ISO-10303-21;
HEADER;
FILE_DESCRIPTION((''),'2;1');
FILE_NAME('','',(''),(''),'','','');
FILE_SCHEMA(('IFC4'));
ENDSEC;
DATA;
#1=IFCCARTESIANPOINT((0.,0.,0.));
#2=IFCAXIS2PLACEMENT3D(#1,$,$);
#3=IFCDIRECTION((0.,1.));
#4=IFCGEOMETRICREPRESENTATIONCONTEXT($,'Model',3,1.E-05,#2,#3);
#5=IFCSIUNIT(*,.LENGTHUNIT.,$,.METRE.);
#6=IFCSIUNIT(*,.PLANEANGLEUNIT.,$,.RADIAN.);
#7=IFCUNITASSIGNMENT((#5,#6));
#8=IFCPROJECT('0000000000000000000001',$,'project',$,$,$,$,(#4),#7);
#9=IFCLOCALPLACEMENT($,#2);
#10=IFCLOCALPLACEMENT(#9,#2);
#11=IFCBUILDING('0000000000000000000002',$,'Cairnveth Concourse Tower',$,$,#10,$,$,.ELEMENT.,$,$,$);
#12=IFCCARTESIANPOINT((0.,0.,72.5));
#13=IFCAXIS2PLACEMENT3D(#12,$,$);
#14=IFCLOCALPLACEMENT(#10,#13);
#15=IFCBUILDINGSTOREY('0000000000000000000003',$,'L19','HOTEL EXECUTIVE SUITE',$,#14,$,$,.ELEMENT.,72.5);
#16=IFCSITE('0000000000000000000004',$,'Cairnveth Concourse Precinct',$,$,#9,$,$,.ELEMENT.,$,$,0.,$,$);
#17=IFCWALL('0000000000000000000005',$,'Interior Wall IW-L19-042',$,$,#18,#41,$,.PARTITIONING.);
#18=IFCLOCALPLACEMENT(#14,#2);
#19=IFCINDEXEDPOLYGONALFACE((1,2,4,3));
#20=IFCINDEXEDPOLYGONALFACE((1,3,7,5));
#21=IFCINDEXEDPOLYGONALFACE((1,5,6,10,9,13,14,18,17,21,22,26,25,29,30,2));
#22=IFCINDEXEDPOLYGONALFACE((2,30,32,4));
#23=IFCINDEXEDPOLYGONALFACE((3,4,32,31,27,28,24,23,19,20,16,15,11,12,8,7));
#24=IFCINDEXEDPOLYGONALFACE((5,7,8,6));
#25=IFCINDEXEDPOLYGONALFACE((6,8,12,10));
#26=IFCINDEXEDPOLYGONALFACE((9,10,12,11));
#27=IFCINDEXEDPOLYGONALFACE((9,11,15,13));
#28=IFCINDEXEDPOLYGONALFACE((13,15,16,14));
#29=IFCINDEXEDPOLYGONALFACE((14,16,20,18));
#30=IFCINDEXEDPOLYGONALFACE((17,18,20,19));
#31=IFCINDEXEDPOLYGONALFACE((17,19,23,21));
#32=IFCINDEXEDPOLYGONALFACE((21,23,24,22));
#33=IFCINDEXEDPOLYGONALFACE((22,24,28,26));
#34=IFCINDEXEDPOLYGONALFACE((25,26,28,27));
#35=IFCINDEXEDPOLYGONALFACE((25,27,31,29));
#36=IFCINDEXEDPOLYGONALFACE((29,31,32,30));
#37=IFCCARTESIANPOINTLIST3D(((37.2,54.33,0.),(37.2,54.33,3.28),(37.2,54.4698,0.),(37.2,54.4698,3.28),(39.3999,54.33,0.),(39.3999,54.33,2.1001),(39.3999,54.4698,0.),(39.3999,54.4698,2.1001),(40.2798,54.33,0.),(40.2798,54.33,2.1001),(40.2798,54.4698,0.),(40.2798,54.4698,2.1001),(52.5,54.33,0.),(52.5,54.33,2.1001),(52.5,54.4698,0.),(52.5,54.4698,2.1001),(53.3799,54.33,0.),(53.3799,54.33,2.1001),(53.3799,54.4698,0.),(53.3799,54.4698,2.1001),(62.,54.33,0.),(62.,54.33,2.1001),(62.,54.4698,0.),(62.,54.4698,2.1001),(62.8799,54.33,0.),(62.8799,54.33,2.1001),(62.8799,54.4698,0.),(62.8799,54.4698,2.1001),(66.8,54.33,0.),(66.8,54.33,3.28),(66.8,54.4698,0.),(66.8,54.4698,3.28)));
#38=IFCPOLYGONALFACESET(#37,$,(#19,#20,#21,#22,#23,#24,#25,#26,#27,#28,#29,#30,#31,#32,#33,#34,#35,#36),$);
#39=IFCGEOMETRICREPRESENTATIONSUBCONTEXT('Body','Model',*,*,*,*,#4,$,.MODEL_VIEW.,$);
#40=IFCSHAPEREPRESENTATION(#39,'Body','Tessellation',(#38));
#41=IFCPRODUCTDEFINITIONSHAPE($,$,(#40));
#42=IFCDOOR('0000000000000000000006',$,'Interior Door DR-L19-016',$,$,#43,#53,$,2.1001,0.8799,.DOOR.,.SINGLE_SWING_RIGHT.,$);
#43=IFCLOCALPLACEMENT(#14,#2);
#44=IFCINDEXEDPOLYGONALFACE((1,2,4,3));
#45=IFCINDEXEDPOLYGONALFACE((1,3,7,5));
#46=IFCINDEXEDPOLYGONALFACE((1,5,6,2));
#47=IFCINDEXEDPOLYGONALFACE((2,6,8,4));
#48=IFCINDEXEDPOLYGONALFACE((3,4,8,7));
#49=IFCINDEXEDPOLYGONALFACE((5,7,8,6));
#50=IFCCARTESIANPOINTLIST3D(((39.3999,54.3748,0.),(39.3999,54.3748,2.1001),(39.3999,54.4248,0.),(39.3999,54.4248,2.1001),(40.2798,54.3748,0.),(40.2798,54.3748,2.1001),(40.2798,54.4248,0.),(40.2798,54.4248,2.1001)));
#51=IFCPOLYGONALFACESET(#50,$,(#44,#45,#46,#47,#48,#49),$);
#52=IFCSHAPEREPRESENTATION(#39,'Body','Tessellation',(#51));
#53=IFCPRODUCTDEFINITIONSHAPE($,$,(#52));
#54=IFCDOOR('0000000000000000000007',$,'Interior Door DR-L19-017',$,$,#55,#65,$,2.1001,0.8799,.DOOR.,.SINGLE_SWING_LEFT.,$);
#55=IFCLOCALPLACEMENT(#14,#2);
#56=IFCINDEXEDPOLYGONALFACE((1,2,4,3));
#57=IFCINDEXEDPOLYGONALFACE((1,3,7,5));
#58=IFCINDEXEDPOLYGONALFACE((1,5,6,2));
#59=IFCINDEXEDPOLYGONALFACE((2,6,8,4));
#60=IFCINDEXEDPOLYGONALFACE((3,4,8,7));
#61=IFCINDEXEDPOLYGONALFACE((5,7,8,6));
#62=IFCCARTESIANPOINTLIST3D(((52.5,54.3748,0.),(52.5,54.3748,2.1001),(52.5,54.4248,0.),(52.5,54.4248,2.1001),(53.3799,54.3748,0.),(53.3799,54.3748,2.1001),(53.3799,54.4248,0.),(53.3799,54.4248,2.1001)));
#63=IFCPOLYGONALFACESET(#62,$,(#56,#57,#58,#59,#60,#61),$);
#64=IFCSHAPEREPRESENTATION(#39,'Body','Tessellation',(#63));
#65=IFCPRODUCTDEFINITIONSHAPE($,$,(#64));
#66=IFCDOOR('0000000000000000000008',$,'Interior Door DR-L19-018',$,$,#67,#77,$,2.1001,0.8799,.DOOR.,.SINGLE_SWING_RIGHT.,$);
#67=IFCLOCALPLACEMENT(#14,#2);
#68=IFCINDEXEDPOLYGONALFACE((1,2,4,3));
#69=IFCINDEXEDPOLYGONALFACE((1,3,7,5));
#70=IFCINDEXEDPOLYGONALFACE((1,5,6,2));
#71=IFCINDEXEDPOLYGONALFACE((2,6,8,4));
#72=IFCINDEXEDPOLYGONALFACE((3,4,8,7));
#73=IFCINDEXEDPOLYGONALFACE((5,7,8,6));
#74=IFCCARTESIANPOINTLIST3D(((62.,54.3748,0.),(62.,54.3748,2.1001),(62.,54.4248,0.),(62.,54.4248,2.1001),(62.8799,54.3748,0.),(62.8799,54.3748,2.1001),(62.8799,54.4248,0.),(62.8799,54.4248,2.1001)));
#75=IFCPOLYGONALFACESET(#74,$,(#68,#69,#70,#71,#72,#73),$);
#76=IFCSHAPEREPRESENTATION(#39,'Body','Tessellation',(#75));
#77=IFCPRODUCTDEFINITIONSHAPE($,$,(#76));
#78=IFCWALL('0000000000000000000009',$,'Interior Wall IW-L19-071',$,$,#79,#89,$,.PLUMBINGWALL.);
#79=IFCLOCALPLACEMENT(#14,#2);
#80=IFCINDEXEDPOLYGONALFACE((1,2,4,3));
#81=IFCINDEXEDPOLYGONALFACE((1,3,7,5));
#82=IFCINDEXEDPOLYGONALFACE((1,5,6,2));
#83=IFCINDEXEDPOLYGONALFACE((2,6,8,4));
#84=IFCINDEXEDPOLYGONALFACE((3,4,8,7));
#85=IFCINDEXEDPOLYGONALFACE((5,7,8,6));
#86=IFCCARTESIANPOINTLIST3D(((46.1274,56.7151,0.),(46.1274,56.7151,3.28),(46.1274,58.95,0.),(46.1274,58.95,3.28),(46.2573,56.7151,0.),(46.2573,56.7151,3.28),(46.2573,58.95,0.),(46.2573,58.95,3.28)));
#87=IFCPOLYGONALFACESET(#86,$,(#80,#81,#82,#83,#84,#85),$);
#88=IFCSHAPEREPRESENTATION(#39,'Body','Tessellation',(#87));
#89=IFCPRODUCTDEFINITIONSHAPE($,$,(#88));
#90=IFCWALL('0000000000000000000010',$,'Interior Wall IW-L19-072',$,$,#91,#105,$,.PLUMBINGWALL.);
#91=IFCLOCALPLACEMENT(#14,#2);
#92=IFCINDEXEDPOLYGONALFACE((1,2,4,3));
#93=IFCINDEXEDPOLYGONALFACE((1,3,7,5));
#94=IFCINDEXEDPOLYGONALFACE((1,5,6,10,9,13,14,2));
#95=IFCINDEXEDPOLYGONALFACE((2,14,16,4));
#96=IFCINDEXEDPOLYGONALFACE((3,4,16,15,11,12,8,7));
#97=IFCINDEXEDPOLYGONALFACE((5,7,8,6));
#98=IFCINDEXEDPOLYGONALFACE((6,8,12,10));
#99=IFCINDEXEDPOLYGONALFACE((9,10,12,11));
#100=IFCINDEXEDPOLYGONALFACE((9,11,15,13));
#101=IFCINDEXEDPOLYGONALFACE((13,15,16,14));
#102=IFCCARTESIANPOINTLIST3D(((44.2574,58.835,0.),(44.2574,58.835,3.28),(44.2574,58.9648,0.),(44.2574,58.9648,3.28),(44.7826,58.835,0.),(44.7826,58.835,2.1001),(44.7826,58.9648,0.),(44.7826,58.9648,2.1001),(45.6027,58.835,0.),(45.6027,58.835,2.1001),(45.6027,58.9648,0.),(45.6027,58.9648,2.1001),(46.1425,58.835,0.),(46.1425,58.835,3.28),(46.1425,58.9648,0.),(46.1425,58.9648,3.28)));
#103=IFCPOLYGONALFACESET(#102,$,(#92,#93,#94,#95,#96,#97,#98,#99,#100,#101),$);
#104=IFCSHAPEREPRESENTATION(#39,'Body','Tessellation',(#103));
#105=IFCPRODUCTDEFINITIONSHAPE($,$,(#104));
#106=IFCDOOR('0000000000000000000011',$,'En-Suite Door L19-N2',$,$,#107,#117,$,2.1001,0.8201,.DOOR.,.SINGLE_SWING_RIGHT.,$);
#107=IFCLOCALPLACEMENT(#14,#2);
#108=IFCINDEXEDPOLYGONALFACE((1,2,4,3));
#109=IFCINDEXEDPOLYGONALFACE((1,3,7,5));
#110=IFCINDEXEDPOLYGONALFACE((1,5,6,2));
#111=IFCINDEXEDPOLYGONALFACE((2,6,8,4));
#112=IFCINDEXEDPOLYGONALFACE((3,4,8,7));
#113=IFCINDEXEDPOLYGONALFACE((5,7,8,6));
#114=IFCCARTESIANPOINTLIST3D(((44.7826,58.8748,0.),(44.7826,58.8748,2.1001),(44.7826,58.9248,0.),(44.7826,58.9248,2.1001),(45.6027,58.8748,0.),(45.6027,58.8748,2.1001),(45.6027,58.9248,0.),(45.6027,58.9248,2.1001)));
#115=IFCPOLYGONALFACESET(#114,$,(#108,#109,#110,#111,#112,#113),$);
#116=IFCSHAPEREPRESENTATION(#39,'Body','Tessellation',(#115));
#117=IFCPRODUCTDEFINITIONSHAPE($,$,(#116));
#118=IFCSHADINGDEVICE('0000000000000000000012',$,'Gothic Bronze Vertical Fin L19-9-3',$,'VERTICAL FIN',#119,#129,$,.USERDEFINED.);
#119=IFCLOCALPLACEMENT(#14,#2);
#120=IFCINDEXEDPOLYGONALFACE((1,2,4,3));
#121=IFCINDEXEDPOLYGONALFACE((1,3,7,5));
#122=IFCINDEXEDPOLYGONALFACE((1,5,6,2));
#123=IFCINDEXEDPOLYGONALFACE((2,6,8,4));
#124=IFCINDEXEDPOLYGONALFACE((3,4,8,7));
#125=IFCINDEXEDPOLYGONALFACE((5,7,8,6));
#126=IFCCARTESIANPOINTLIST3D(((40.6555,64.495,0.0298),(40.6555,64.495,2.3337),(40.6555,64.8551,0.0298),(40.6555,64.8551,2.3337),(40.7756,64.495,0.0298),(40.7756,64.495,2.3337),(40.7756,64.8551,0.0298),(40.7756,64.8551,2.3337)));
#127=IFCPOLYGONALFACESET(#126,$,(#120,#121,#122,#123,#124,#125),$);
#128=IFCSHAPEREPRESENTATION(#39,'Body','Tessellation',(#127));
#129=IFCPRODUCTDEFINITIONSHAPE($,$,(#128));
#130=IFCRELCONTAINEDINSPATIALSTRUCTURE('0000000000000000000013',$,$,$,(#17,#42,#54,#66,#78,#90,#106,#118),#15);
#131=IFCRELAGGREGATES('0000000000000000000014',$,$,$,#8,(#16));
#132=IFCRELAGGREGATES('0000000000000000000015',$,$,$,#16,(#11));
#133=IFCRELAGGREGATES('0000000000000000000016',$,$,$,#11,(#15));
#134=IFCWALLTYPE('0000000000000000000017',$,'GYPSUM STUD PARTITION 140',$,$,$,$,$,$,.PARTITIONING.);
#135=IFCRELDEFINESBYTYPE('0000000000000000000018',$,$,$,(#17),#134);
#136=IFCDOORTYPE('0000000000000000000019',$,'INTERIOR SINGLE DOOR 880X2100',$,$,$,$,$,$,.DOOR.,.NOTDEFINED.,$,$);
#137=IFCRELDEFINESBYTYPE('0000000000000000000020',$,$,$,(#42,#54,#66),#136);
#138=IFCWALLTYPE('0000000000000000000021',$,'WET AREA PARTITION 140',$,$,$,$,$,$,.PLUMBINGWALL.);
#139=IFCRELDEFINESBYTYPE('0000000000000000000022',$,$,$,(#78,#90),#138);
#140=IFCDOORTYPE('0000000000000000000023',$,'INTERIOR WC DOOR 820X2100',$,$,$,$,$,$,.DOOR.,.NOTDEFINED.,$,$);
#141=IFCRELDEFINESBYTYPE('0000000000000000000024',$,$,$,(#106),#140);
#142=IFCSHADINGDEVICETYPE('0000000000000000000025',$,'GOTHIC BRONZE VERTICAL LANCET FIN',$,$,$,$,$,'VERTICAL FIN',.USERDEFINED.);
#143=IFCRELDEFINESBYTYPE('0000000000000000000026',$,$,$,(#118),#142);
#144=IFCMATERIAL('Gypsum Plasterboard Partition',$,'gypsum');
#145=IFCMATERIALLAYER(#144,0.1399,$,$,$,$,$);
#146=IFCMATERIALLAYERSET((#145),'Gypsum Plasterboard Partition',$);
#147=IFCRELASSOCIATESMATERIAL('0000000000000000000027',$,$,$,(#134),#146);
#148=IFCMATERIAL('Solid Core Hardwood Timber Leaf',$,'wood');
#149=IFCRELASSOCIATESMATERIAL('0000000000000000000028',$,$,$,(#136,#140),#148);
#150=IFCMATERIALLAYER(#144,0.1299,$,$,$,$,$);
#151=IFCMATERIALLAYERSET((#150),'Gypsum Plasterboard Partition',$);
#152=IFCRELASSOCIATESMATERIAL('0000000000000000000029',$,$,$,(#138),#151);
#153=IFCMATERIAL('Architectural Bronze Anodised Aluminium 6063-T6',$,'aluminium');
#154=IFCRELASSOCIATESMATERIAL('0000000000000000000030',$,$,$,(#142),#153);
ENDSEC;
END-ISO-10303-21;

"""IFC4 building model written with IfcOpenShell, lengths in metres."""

from ifc_helpers import new_model, si_unit, direction, frame, frame_2d, origin, origin_2d, place, context, subcontext, project, spatial, rectangle, extrude, material, layer, layer_set, type_object, element, fill, save


model = new_model("IFC4")

# Units and contexts
model_context = context("Model", 3, precision=1e-05, world=origin(), true_north=direction((0.0, 1.0)))
body_context = subcontext(model_context, "Body", "Model", "MODEL_VIEW")
ifc_project = project(units=[si_unit("LENGTHUNIT", "METRE"), si_unit("PLANEANGLEUNIT", "RADIAN")], contexts=[model_context])

# Site, building, storey
site_placement = place(None, origin())
site = spatial("IfcSite", under=ifc_project, at=site_placement, Name="Cairnveth Concourse Precinct", CompositionType="ELEMENT", RefElevation=0.0)
building_placement = place(site_placement, origin())
building = spatial("IfcBuilding", under=site, at=building_placement, Name="Cairnveth Concourse Tower", CompositionType="ELEMENT")
storey_placement = place(building_placement, frame((0.0, 0.0, 72.5)))
storey = spatial("IfcBuildingStorey", under=building, at=storey_placement, Name="L19", Description="HOTEL EXECUTIVE SUITE", CompositionType="ELEMENT", Elevation=72.5)

# Shared definitions
ifc_material_1 = material(Name="Gypsum Plasterboard Partition", Category="gypsum")
ifc_material_2 = material(Name="Solid Core Hardwood Timber Leaf", Category="wood")

# Wall, openings, doors
ifc_layer_1 = layer(ifc_material_1, 0.1399)
ifc_layer_set_1 = layer_set([ifc_layer_1], Name="Gypsum Plasterboard Partition")
wall_type_1 = type_object("IfcWallType", Name="GYPSUM STUD PARTITION 140", PredefinedType="PARTITIONING", material=ifc_layer_set_1)
wall_1_placement = place(storey_placement, frame((37.2, 54.3999, 0.0), z_axis=(0.0, 0.0, 1.0), x_axis=(1.0, 0.0, 0.0)))
wall_1 = element("IfcWall", 1, at=wall_1_placement, inside=storey, type_object=wall_type_1, Name="Interior Wall IW-L19-042", PredefinedType="PARTITIONING", context=body_context, shape_type="SweptSolid", body=[
    extrude(rectangle(XDim=29.6001, YDim=0.1399, at=frame_2d((14.8, 0.0))), origin(), (0.0, 0.0, 1.0), 3.28),
])
opening_1_placement = place(wall_1_placement, frame((2.2, 0.0, 0.0)))
opening_1 = element("IfcOpeningElement", 2, at=opening_1_placement, cuts=wall_1, PredefinedType="OPENING", context=body_context, shape_type="SweptSolid", body=[
    extrude(rectangle(XDim=0.8799, YDim=2.1001, at=frame_2d((0.4399, 1.05))), frame((0.0, 0.0798, 0.0), z_axis=(0.0, -1.0, 0.0), x_axis=(1.0, 0.0, 0.0)), (0.0, 0.0, 1.0), 0.1599),
])
opening_2_placement = place(wall_1_placement, frame((15.3, 0.0, 0.0)))
opening_2 = element("IfcOpeningElement", 3, at=opening_2_placement, cuts=wall_1, PredefinedType="OPENING", context=body_context, shape_type="SweptSolid", body=[
    extrude(rectangle(XDim=0.8799, YDim=2.1001, at=frame_2d((0.4399, 1.05))), frame((0.0, 0.0798, 0.0), z_axis=(0.0, -1.0, 0.0), x_axis=(1.0, 0.0, 0.0)), (0.0, 0.0, 1.0), 0.1599),
])
opening_3_placement = place(wall_1_placement, frame((24.8, 0.0, 0.0)))
opening_3 = element("IfcOpeningElement", 4, at=opening_3_placement, cuts=wall_1, PredefinedType="OPENING", context=body_context, shape_type="SweptSolid", body=[
    extrude(rectangle(XDim=0.8799, YDim=2.1001, at=frame_2d((0.4399, 1.05))), frame((0.0, 0.0798, 0.0), z_axis=(0.0, -1.0, 0.0), x_axis=(1.0, 0.0, 0.0)), (0.0, 0.0, 1.0), 0.1599),
])
door_type_1 = type_object("IfcDoorType", Name="INTERIOR SINGLE DOOR 880X2100", OperationType="NOTDEFINED", PredefinedType="DOOR", material=ifc_material_2)
door_1_placement = place(opening_1_placement, origin())
door_1 = element("IfcDoor", 5, at=door_1_placement, inside=storey, type_object=door_type_1, Name="Interior Door DR-L19-016", OperationType="SINGLE_SWING_RIGHT", OverallHeight=2.1001, OverallWidth=0.8799, PredefinedType="DOOR", context=body_context, shape_type="SweptSolid", body=[
    extrude(rectangle(XDim=0.8799, YDim=2.1001, at=frame_2d((0.4399, 1.05))), frame((0.0, 0.0249, 0.0), z_axis=(0.0, -1.0, 0.0), x_axis=(1.0, 0.0, 0.0)), (0.0, 0.0, 1.0), 0.05),
])
fill(opening_1, door_1)
door_2_placement = place(opening_2_placement, origin())
door_2 = element("IfcDoor", 6, at=door_2_placement, inside=storey, type_object=door_type_1, Name="Interior Door DR-L19-017", OperationType="SINGLE_SWING_LEFT", OverallHeight=2.1001, OverallWidth=0.8799, PredefinedType="DOOR", context=body_context, shape_type="SweptSolid", body=[
    extrude(rectangle(XDim=0.8799, YDim=2.1001, at=frame_2d((0.4399, 1.05))), frame((0.0, 0.0249, 0.0), z_axis=(0.0, -1.0, 0.0), x_axis=(1.0, 0.0, 0.0)), (0.0, 0.0, 1.0), 0.05),
])
fill(opening_2, door_2)
door_3_placement = place(opening_3_placement, origin())
door_3 = element("IfcDoor", 7, at=door_3_placement, inside=storey, type_object=door_type_1, Name="Interior Door DR-L19-018", OperationType="SINGLE_SWING_RIGHT", OverallHeight=2.1001, OverallWidth=0.8799, PredefinedType="DOOR", context=body_context, shape_type="SweptSolid", body=[
    extrude(rectangle(XDim=0.8799, YDim=2.1001, at=frame_2d((0.4399, 1.05))), frame((0.0, 0.0249, 0.0), z_axis=(0.0, -1.0, 0.0), x_axis=(1.0, 0.0, 0.0)), (0.0, 0.0, 1.0), 0.05),
])
fill(opening_3, door_3)

# Wall
ifc_layer_2 = layer(ifc_material_1, 0.1299)
ifc_layer_set_2 = layer_set([ifc_layer_2], Name="Gypsum Plasterboard Partition")
wall_type_2 = type_object("IfcWallType", Name="WET AREA PARTITION 140", PredefinedType="PLUMBINGWALL", material=ifc_layer_set_2)
wall_2_placement = place(storey_placement, frame((46.1924, 56.7151, 0.0), z_axis=(0.0, 0.0, 1.0), x_axis=(0.0, 1.0, 0.0)))
element("IfcWall", 8, at=wall_2_placement, inside=storey, type_object=wall_type_2, Name="Interior Wall IW-L19-071", PredefinedType="PLUMBINGWALL", context=body_context, shape_type="SweptSolid", body=[
    extrude(rectangle(XDim=2.2349, YDim=0.1299, at=frame_2d((1.1174, 0.0))), origin(), (0.0, 0.0, 1.0), 3.28),
])

# Wall, opening, door
wall_3_placement = place(storey_placement, frame((44.2576, 58.8999, 0.0), z_axis=(0.0, 0.0, 1.0), x_axis=(1.0, 0.0, 0.0)))
wall_3 = element("IfcWall", 9, at=wall_3_placement, inside=storey, type_object=wall_type_2, Name="Interior Wall IW-L19-072", PredefinedType="PLUMBINGWALL", context=body_context, shape_type="SweptSolid", body=[
    extrude(rectangle(XDim=1.885, YDim=0.1299, at=frame_2d((0.9424, 0.0))), origin(), (0.0, 0.0, 1.0), 3.28),
])
opening_4_placement = place(wall_3_placement, frame((0.5249, 0.0, 0.0)))
opening_4 = element("IfcOpeningElement", 10, at=opening_4_placement, cuts=wall_3, PredefinedType="OPENING", context=body_context, shape_type="SweptSolid", body=[
    extrude(rectangle(XDim=0.8201, YDim=2.1001, at=frame_2d((0.4102, 1.05))), frame((0.0, 0.075, 0.0), z_axis=(0.0, -1.0, 0.0), x_axis=(1.0, 0.0, 0.0)), (0.0, 0.0, 1.0), 0.1499),
])
door_type_2 = type_object("IfcDoorType", Name="INTERIOR WC DOOR 820X2100", OperationType="NOTDEFINED", PredefinedType="DOOR", material=ifc_material_2)
door_4_placement = place(opening_4_placement, origin())
door_4 = element("IfcDoor", 11, at=door_4_placement, inside=storey, type_object=door_type_2, Name="En-Suite Door L19-N2", OperationType="SINGLE_SWING_RIGHT", OverallHeight=2.1001, OverallWidth=0.8201, PredefinedType="DOOR", context=body_context, shape_type="SweptSolid", body=[
    extrude(rectangle(XDim=0.8201, YDim=2.1001, at=frame_2d((0.4102, 1.05))), frame((0.0, 0.0249, 0.0), z_axis=(0.0, -1.0, 0.0), x_axis=(1.0, 0.0, 0.0)), (0.0, 0.0, 1.0), 0.05),
])
fill(opening_4, door_4)

# Shading device
ifc_material_3 = material(Name="Architectural Bronze Anodised Aluminium 6063-T6", Category="aluminium")
shading_device_type = type_object("IfcShadingDeviceType", Name="GOTHIC BRONZE VERTICAL LANCET FIN", ElementType="VERTICAL FIN", PredefinedType="USERDEFINED", material=ifc_material_3)
shading_device_placement = place(storey_placement, frame((40.7156, 64.675, 0.0298), z_axis=(0.0, 0.0, 1.0), x_axis=(1.0, 0.0, 0.0)))
element("IfcShadingDevice", 12, at=shading_device_placement, inside=storey, type_object=shading_device_type, Name="Gothic Bronze Vertical Fin L19-9-3", ObjectType="VERTICAL FIN", PredefinedType="USERDEFINED", context=body_context, shape_type="SweptSolid", body=[
    extrude(rectangle(XDim=0.1201, YDim=0.3601, at=origin_2d()), origin(), (0.0, 0.0, 1.0), 2.304),
])

save(model, "model.ifc")
